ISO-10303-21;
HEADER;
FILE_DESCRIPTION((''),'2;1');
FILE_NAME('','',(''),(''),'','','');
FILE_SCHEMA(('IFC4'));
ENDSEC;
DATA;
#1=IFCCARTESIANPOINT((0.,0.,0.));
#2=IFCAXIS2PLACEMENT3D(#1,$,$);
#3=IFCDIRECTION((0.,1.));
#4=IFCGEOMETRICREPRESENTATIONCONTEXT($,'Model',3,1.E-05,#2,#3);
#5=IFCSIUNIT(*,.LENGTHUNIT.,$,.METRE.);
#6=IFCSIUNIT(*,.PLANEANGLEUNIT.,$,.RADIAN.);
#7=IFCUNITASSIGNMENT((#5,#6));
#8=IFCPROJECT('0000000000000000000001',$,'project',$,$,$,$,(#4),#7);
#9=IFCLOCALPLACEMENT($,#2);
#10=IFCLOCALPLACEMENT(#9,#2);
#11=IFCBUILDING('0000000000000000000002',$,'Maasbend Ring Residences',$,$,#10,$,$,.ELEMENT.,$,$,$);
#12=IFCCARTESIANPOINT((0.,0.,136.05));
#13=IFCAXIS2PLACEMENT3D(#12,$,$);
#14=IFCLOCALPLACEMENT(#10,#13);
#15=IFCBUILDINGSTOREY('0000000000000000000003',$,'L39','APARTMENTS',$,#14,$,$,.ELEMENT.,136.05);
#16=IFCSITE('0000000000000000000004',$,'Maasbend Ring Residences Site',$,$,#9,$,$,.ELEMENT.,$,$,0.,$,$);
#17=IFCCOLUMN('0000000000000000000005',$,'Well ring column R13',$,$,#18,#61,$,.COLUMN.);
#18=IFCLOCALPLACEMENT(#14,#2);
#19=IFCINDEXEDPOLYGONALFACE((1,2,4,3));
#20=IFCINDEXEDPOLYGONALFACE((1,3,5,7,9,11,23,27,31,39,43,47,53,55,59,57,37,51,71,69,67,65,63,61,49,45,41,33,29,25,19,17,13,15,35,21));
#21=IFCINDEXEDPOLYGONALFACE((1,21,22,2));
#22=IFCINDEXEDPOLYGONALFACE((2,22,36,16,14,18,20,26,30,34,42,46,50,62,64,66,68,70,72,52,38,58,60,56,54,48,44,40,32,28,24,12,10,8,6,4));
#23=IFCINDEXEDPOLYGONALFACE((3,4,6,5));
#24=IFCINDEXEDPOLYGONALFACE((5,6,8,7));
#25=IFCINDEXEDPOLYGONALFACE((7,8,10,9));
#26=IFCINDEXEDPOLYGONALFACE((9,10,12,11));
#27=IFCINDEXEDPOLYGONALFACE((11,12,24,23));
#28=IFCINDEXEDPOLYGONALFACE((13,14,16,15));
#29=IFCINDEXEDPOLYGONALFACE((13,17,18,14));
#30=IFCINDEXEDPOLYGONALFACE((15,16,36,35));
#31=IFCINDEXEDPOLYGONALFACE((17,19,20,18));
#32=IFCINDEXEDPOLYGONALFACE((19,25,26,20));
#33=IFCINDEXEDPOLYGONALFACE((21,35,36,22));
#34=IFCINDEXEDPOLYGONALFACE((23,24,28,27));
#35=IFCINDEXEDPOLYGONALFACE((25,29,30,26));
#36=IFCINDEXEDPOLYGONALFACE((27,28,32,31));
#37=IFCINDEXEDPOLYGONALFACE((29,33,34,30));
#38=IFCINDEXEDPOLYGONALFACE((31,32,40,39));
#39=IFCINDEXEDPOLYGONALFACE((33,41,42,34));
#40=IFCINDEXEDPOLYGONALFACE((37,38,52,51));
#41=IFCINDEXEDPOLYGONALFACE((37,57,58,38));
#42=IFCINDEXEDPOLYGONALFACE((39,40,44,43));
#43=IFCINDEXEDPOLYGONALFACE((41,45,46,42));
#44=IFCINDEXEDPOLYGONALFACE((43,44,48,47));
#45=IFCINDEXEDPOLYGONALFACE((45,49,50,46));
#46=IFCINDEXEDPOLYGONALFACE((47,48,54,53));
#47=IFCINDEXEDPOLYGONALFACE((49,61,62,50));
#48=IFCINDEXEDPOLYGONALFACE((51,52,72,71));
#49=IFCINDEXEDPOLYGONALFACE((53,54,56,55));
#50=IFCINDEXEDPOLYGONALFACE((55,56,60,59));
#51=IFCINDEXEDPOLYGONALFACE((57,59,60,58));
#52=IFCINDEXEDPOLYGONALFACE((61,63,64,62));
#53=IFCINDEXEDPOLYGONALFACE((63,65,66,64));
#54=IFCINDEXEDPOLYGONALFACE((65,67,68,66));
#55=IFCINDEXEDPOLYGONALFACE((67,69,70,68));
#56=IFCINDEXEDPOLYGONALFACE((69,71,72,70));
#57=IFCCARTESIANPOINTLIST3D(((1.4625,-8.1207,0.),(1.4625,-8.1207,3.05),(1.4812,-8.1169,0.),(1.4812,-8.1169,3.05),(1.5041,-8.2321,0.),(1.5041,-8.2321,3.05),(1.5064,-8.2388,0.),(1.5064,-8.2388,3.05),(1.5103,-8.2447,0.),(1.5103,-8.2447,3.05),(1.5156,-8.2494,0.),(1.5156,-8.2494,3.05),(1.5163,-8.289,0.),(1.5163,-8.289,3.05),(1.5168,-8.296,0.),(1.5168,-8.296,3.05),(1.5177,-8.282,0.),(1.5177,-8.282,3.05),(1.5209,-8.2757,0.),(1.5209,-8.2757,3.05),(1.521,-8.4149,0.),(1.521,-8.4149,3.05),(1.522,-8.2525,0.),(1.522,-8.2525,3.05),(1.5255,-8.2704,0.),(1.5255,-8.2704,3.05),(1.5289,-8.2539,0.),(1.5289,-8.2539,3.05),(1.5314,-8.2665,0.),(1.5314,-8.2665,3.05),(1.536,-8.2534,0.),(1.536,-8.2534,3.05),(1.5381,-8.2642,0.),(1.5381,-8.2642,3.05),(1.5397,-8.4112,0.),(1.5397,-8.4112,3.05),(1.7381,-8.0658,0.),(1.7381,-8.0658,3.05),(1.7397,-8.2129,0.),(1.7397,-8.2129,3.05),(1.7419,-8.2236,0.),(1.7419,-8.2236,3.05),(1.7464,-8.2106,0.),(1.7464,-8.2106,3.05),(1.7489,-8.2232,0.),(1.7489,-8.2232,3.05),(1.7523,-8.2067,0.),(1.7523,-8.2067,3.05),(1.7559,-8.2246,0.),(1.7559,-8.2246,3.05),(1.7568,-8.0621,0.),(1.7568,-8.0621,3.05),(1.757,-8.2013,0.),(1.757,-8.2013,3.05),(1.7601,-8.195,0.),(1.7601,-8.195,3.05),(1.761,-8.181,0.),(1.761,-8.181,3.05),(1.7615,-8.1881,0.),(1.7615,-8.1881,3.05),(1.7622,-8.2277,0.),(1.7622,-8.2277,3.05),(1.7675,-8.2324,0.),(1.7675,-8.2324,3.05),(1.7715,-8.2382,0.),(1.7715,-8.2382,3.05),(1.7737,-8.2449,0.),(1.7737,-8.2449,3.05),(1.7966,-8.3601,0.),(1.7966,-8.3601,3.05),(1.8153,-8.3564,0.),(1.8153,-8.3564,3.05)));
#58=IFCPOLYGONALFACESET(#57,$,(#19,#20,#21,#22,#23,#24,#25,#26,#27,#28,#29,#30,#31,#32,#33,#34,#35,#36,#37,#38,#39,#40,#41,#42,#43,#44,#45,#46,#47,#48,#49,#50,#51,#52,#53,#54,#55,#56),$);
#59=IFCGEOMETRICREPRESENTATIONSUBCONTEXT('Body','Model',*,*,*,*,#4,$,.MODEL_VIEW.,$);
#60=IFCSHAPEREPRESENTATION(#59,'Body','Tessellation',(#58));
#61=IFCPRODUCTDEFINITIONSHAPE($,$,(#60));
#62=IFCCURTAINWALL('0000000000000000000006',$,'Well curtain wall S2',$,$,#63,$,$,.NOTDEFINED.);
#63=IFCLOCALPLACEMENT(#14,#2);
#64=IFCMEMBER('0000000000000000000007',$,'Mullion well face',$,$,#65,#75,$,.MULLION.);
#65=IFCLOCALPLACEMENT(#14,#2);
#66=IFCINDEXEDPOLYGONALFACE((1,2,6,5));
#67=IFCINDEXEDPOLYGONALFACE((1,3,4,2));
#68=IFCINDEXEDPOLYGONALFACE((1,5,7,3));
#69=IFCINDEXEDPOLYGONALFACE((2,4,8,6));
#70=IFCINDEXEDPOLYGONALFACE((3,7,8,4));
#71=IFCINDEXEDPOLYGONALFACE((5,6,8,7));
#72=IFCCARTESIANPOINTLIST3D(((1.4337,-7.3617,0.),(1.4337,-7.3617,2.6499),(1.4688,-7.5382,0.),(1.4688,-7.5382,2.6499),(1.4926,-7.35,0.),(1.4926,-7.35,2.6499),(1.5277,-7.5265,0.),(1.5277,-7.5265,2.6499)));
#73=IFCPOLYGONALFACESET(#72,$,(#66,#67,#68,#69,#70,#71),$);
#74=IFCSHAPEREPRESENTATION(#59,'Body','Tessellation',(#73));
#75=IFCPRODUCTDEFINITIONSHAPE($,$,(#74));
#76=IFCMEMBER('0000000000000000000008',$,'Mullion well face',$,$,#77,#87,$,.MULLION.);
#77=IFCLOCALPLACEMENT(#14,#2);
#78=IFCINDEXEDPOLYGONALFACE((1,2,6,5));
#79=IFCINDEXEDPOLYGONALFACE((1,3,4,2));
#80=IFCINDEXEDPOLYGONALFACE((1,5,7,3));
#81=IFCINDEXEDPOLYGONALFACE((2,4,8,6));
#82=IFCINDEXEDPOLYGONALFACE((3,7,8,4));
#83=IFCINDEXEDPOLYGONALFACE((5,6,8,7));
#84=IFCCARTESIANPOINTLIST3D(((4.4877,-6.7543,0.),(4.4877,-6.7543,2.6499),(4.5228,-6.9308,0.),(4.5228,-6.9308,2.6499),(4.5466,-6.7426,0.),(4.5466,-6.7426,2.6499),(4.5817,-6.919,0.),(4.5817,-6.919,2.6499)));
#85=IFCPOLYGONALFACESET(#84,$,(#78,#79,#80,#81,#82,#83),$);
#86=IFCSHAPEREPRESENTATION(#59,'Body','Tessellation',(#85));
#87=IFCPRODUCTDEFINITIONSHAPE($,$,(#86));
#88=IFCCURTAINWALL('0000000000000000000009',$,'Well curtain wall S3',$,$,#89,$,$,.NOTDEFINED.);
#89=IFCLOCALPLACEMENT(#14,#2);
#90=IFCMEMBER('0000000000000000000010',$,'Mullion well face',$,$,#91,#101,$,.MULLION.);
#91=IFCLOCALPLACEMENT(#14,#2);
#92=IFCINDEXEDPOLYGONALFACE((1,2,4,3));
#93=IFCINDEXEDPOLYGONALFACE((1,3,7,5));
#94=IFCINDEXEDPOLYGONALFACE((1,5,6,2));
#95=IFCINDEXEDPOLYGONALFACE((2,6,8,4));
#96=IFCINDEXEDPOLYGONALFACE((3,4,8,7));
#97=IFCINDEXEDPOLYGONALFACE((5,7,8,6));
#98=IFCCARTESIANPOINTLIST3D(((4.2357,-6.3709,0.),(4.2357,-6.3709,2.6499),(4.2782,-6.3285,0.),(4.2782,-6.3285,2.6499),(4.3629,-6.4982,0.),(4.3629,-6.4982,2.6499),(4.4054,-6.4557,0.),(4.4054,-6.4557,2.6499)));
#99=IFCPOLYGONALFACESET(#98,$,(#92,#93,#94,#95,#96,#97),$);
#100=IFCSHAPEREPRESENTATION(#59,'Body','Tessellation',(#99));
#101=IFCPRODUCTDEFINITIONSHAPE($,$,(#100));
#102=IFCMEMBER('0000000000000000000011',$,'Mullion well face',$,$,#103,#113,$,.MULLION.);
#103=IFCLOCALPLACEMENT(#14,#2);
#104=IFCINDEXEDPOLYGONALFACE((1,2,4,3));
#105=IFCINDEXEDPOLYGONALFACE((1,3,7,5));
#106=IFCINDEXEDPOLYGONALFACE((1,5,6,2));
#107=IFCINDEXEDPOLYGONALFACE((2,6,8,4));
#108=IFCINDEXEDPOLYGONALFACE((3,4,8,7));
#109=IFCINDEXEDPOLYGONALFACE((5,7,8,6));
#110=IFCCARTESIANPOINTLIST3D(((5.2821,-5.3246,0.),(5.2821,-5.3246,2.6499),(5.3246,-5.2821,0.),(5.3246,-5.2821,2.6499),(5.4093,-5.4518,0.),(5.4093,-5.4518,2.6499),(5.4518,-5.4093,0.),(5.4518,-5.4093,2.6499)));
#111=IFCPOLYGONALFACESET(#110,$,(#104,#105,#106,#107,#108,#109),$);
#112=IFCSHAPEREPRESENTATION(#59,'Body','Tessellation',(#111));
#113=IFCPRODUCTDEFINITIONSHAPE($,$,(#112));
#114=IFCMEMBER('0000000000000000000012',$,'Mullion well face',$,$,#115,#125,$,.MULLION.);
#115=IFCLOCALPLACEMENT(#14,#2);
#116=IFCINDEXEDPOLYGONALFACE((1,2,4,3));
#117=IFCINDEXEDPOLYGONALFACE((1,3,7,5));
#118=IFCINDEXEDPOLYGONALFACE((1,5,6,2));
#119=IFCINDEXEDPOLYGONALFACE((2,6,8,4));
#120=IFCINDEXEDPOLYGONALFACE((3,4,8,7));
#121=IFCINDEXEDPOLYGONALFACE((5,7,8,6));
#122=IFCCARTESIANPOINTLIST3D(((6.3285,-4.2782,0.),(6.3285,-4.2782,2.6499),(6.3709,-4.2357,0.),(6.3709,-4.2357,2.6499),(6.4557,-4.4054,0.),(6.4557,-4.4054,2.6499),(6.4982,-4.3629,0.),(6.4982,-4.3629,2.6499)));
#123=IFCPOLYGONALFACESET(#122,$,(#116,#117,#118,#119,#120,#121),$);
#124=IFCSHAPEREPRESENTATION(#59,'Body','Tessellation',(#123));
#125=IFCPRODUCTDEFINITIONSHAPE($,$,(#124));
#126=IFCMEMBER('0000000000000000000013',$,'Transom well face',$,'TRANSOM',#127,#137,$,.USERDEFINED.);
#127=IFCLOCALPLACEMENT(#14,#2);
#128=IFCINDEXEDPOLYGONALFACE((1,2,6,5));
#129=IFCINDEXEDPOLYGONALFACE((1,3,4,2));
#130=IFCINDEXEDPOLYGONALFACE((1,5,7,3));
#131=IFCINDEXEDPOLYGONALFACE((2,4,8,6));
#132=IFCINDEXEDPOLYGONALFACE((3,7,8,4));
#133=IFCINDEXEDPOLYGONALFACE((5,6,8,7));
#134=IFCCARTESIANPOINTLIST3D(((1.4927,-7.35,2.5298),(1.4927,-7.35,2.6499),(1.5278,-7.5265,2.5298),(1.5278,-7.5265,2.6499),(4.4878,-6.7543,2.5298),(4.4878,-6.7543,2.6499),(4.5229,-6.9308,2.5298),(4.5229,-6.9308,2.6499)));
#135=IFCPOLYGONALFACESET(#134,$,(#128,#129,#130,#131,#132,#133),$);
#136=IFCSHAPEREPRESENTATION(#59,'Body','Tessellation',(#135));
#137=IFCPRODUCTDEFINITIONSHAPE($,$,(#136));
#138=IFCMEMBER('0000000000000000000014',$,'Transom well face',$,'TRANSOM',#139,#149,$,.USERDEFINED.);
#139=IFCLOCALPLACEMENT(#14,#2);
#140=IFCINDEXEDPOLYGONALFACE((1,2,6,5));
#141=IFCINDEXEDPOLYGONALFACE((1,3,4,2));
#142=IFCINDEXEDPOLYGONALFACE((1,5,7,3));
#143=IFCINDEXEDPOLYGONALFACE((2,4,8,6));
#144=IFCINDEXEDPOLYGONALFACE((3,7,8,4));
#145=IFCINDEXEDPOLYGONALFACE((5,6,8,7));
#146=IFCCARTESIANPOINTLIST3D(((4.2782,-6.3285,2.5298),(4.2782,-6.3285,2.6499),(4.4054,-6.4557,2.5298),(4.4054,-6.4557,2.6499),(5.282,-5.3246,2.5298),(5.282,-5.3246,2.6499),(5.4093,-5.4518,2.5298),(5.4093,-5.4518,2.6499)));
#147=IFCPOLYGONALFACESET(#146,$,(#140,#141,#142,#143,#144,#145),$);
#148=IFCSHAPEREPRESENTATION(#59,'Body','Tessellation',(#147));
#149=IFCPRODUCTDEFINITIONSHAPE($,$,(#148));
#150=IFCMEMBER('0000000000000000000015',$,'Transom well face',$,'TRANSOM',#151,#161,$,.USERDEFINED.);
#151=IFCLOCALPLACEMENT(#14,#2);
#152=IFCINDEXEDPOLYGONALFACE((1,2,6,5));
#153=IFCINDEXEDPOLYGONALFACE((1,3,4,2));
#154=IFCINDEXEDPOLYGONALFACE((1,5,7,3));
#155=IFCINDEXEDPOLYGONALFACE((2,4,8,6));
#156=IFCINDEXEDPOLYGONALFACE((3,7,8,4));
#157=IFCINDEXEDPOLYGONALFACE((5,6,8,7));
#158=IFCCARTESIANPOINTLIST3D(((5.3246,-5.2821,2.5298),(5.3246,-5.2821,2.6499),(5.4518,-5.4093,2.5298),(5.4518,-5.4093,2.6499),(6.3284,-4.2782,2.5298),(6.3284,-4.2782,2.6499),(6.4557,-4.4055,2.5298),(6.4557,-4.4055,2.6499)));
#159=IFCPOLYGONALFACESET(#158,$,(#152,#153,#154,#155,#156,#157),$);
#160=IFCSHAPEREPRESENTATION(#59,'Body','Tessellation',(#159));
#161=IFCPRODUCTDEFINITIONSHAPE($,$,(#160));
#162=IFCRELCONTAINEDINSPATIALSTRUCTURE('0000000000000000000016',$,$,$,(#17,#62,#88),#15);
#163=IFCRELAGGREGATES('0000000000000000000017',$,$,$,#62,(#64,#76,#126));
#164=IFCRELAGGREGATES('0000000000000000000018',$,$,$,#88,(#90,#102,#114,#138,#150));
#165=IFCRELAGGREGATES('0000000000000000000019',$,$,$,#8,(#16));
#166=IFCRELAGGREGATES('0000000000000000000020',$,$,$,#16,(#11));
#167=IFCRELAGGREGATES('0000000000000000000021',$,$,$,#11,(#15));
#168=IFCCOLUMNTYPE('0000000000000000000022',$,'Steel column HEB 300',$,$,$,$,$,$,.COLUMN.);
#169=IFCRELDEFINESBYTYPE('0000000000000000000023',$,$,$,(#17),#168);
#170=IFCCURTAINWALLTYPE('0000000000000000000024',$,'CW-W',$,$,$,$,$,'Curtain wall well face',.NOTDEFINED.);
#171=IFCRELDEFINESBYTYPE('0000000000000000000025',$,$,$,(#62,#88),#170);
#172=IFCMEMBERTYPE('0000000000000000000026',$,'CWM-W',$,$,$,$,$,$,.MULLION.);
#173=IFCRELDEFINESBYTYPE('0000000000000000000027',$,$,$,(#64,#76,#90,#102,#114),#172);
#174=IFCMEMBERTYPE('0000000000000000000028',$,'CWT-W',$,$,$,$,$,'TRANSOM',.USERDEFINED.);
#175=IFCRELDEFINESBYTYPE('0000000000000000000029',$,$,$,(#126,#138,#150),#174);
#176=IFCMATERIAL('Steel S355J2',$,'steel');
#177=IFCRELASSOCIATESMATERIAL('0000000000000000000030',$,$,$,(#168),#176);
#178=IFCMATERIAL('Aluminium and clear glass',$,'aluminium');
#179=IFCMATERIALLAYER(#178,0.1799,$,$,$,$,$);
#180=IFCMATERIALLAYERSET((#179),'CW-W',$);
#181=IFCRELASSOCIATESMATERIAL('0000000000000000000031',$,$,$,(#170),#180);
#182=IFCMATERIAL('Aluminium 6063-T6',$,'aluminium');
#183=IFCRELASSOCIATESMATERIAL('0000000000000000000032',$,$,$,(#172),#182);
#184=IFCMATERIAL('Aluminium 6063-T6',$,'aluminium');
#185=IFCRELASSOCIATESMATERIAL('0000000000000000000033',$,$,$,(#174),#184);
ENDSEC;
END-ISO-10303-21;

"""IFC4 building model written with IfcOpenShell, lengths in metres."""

from ifc_helpers import new_model, si_unit, direction, frame, origin, origin_2d, place, context, subcontext, project, spatial, rectangle, i_section, extrude, material, layer, layer_set, material_profile, profile_set, type_object, element, aggregate, save


model = new_model("IFC4")

# Units and contexts
model_context = context("Model", 3, precision=1e-05, world=origin(), true_north=direction((0.0, 1.0)))
body_context = subcontext(model_context, "Body", "Model", "MODEL_VIEW")
ifc_project = project(units=[si_unit("LENGTHUNIT", "METRE"), si_unit("PLANEANGLEUNIT", "RADIAN")], contexts=[model_context])

# Site, building, storey
site_placement = place(None, origin())
site = spatial("IfcSite", under=ifc_project, at=site_placement, Name="Maasbend Ring Residences Site", CompositionType="ELEMENT", RefElevation=0.0)
building_placement = place(site_placement, origin())
building = spatial("IfcBuilding", under=site, at=building_placement, Name="Maasbend Ring Residences", CompositionType="ELEMENT")
storey_placement = place(building_placement, frame((0.0, 0.0, 136.05)))
storey = spatial("IfcBuildingStorey", under=building, at=storey_placement, Name="L39", Description="APARTMENTS", CompositionType="ELEMENT", Elevation=136.05)

# Column
ifc_material_1 = material(Name="Steel S355J2", Category="steel")
ifc_material_profile_1 = material_profile(ifc_material_1, i_section(OverallWidth=0.3, OverallDepth=0.3, WebThickness=0.011, FlangeThickness=0.019, FilletRadius=0.0271, at=origin_2d()), Name="HEB 300")
ifc_profile_set_1 = profile_set([ifc_material_profile_1], Name="Steel S355J2")
column_type = type_object("IfcColumnType", Name="Steel column HEB 300", PredefinedType="COLUMN", material=ifc_profile_set_1)
column_placement = place(storey_placement, frame((1.6389, -8.2385, 0.0), z_axis=(0.0, 0.0, 1.0), x_axis=(0.19509, -0.980785, 0.0)))
element("IfcColumn", 1, at=column_placement, inside=storey, type_object=column_type, Name="Well ring column R13", PredefinedType="COLUMN", context=body_context, shape_type="SweptSolid", body=[
    extrude(i_section(OverallWidth=0.3, OverallDepth=0.3, WebThickness=0.011, FlangeThickness=0.019, FilletRadius=0.0271, at=origin_2d()), origin(), (0.0, 0.0, 1.0), 3.05),
])

# Curtain walls, members
ifc_material_2 = material(Name="Aluminium and clear glass", Category="aluminium")
ifc_layer_1 = layer(ifc_material_2, 0.1799)
ifc_layer_set_1 = layer_set([ifc_layer_1], Name="CW-W")
curtain_wall_type = type_object("IfcCurtainWallType", Name="CW-W", ElementType="Curtain wall well face", PredefinedType="NOTDEFINED", material=ifc_layer_set_1)
curtain_wall_1_placement = place(storey_placement, origin())
curtain_wall_1 = element("IfcCurtainWall", 2, at=curtain_wall_1_placement, inside=storey, type_object=curtain_wall_type, Name="Well curtain wall S2", PredefinedType="NOTDEFINED")
ifc_material_3 = material(Name="Aluminium 6063-T6", Category="aluminium")
ifc_material_profile_2 = material_profile(ifc_material_3, rectangle(XDim=0.1799, YDim=0.0601, at=origin_2d()), Name="AL 180x60")
ifc_profile_set_2 = profile_set([ifc_material_profile_2], Name="Aluminium 6063-T6")
member_type_1 = type_object("IfcMemberType", Name="CWM-W", PredefinedType="MULLION", material=ifc_profile_set_2)
member_1_placement = place(storey_placement, frame((1.4807, -7.4441, 0.0), z_axis=(0.0, 0.0, 1.0), x_axis=(-0.19509, 0.980785, 0.0)))
member_1 = element("IfcMember", 3, at=member_1_placement, type_object=member_type_1, Name="Mullion well face", PredefinedType="MULLION", context=body_context, shape_type="SweptSolid", body=[
    extrude(rectangle(XDim=0.1799, YDim=0.0601, at=origin_2d()), origin(), (0.0, 0.0, 1.0), 2.6499),
])
member_2_placement = place(storey_placement, frame((4.5347, -6.8367, 0.0), z_axis=(0.0, 0.0, 1.0), x_axis=(-0.19509, 0.980785, 0.0)))
member_2 = element("IfcMember", 4, at=member_2_placement, type_object=member_type_1, Name="Mullion well face", PredefinedType="MULLION", context=body_context, shape_type="SweptSolid", body=[
    extrude(rectangle(XDim=0.1799, YDim=0.0601, at=origin_2d()), origin(), (0.0, 0.0, 1.0), 2.6499),
])
curtain_wall_2_placement = place(storey_placement, origin())
curtain_wall_2 = element("IfcCurtainWall", 5, at=curtain_wall_2_placement, inside=storey, type_object=curtain_wall_type, Name="Well curtain wall S3", PredefinedType="NOTDEFINED")
member_3_placement = place(storey_placement, frame((4.3206, -6.4133, 0.0), z_axis=(0.0, 0.0, 1.0), x_axis=(-0.707107, 0.707107, 0.0)))
member_3 = element("IfcMember", 6, at=member_3_placement, type_object=member_type_1, Name="Mullion well face", PredefinedType="MULLION", context=body_context, shape_type="SweptSolid", body=[
    extrude(rectangle(XDim=0.1799, YDim=0.0601, at=origin_2d()), origin(), (0.0, 0.0, 1.0), 2.6499),
])
member_4_placement = place(storey_placement, frame((5.3669, -5.3669, 0.0), z_axis=(0.0, 0.0, 1.0), x_axis=(-0.707107, 0.707107, 0.0)))
member_4 = element("IfcMember", 7, at=member_4_placement, type_object=member_type_1, Name="Mullion well face", PredefinedType="MULLION", context=body_context, shape_type="SweptSolid", body=[
    extrude(rectangle(XDim=0.1799, YDim=0.0601, at=origin_2d()), origin(), (0.0, 0.0, 1.0), 2.6499),
])
member_5_placement = place(storey_placement, frame((6.4133, -4.3206, 0.0), z_axis=(0.0, 0.0, 1.0), x_axis=(-0.707107, 0.707107, 0.0)))
member_5 = element("IfcMember", 8, at=member_5_placement, type_object=member_type_1, Name="Mullion well face", PredefinedType="MULLION", context=body_context, shape_type="SweptSolid", body=[
    extrude(rectangle(XDim=0.1799, YDim=0.0601, at=origin_2d()), origin(), (0.0, 0.0, 1.0), 2.6499),
])

# Members
ifc_material_4 = material(Name="Aluminium 6063-T6", Category="aluminium")
ifc_material_profile_3 = material_profile(ifc_material_4, rectangle(XDim=0.1799, YDim=0.1201, at=origin_2d()), Name="AL 180x120")
ifc_profile_set_3 = profile_set([ifc_material_profile_3], Name="Aluminium 6063-T6")
member_type_2 = type_object("IfcMemberType", Name="CWT-W", ElementType="TRANSOM", PredefinedType="USERDEFINED", material=ifc_profile_set_3)
member_6_placement = place(storey_placement, frame((1.5103, -7.4382, 2.5898), z_axis=(0.980789, 0.195071, 0.0), x_axis=(-0.195071, 0.980789, 0.0)))
member_6 = element("IfcMember", 9, at=member_6_placement, type_object=member_type_2, Name="Transom well face", ObjectType="TRANSOM", PredefinedType="USERDEFINED", context=body_context, shape_type="SweptSolid", body=[
    extrude(rectangle(XDim=0.1799, YDim=0.1201, at=origin_2d()), origin(), (0.0, 0.0, 1.0), 3.0537),
])
member_7_placement = place(storey_placement, frame((4.3418, -6.3921, 2.5898), z_axis=(0.707107, 0.707107, 0.0), x_axis=(-0.707107, 0.707107, 0.0)))
member_7 = element("IfcMember", 10, at=member_7_placement, type_object=member_type_2, Name="Transom well face", ObjectType="TRANSOM", PredefinedType="USERDEFINED", context=body_context, shape_type="SweptSolid", body=[
    extrude(rectangle(XDim=0.1799, YDim=0.1201, at=origin_2d()), origin(), (0.0, 0.0, 1.0), 1.4197),
])
member_8_placement = place(storey_placement, frame((5.3882, -5.3457, 2.5898), z_axis=(0.707107, 0.707107, 0.0), x_axis=(-0.707107, 0.707107, 0.0)))
member_8 = element("IfcMember", 11, at=member_8_placement, type_object=member_type_2, Name="Transom well face", ObjectType="TRANSOM", PredefinedType="USERDEFINED", context=body_context, shape_type="SweptSolid", body=[
    extrude(rectangle(XDim=0.1799, YDim=0.1201, at=origin_2d()), origin(), (0.0, 0.0, 1.0), 1.4197),
])

aggregate(curtain_wall_1, [member_1, member_2, member_6])
aggregate(curtain_wall_2, [member_3, member_4, member_5, member_7, member_8])

save(model, "model.ifc")
